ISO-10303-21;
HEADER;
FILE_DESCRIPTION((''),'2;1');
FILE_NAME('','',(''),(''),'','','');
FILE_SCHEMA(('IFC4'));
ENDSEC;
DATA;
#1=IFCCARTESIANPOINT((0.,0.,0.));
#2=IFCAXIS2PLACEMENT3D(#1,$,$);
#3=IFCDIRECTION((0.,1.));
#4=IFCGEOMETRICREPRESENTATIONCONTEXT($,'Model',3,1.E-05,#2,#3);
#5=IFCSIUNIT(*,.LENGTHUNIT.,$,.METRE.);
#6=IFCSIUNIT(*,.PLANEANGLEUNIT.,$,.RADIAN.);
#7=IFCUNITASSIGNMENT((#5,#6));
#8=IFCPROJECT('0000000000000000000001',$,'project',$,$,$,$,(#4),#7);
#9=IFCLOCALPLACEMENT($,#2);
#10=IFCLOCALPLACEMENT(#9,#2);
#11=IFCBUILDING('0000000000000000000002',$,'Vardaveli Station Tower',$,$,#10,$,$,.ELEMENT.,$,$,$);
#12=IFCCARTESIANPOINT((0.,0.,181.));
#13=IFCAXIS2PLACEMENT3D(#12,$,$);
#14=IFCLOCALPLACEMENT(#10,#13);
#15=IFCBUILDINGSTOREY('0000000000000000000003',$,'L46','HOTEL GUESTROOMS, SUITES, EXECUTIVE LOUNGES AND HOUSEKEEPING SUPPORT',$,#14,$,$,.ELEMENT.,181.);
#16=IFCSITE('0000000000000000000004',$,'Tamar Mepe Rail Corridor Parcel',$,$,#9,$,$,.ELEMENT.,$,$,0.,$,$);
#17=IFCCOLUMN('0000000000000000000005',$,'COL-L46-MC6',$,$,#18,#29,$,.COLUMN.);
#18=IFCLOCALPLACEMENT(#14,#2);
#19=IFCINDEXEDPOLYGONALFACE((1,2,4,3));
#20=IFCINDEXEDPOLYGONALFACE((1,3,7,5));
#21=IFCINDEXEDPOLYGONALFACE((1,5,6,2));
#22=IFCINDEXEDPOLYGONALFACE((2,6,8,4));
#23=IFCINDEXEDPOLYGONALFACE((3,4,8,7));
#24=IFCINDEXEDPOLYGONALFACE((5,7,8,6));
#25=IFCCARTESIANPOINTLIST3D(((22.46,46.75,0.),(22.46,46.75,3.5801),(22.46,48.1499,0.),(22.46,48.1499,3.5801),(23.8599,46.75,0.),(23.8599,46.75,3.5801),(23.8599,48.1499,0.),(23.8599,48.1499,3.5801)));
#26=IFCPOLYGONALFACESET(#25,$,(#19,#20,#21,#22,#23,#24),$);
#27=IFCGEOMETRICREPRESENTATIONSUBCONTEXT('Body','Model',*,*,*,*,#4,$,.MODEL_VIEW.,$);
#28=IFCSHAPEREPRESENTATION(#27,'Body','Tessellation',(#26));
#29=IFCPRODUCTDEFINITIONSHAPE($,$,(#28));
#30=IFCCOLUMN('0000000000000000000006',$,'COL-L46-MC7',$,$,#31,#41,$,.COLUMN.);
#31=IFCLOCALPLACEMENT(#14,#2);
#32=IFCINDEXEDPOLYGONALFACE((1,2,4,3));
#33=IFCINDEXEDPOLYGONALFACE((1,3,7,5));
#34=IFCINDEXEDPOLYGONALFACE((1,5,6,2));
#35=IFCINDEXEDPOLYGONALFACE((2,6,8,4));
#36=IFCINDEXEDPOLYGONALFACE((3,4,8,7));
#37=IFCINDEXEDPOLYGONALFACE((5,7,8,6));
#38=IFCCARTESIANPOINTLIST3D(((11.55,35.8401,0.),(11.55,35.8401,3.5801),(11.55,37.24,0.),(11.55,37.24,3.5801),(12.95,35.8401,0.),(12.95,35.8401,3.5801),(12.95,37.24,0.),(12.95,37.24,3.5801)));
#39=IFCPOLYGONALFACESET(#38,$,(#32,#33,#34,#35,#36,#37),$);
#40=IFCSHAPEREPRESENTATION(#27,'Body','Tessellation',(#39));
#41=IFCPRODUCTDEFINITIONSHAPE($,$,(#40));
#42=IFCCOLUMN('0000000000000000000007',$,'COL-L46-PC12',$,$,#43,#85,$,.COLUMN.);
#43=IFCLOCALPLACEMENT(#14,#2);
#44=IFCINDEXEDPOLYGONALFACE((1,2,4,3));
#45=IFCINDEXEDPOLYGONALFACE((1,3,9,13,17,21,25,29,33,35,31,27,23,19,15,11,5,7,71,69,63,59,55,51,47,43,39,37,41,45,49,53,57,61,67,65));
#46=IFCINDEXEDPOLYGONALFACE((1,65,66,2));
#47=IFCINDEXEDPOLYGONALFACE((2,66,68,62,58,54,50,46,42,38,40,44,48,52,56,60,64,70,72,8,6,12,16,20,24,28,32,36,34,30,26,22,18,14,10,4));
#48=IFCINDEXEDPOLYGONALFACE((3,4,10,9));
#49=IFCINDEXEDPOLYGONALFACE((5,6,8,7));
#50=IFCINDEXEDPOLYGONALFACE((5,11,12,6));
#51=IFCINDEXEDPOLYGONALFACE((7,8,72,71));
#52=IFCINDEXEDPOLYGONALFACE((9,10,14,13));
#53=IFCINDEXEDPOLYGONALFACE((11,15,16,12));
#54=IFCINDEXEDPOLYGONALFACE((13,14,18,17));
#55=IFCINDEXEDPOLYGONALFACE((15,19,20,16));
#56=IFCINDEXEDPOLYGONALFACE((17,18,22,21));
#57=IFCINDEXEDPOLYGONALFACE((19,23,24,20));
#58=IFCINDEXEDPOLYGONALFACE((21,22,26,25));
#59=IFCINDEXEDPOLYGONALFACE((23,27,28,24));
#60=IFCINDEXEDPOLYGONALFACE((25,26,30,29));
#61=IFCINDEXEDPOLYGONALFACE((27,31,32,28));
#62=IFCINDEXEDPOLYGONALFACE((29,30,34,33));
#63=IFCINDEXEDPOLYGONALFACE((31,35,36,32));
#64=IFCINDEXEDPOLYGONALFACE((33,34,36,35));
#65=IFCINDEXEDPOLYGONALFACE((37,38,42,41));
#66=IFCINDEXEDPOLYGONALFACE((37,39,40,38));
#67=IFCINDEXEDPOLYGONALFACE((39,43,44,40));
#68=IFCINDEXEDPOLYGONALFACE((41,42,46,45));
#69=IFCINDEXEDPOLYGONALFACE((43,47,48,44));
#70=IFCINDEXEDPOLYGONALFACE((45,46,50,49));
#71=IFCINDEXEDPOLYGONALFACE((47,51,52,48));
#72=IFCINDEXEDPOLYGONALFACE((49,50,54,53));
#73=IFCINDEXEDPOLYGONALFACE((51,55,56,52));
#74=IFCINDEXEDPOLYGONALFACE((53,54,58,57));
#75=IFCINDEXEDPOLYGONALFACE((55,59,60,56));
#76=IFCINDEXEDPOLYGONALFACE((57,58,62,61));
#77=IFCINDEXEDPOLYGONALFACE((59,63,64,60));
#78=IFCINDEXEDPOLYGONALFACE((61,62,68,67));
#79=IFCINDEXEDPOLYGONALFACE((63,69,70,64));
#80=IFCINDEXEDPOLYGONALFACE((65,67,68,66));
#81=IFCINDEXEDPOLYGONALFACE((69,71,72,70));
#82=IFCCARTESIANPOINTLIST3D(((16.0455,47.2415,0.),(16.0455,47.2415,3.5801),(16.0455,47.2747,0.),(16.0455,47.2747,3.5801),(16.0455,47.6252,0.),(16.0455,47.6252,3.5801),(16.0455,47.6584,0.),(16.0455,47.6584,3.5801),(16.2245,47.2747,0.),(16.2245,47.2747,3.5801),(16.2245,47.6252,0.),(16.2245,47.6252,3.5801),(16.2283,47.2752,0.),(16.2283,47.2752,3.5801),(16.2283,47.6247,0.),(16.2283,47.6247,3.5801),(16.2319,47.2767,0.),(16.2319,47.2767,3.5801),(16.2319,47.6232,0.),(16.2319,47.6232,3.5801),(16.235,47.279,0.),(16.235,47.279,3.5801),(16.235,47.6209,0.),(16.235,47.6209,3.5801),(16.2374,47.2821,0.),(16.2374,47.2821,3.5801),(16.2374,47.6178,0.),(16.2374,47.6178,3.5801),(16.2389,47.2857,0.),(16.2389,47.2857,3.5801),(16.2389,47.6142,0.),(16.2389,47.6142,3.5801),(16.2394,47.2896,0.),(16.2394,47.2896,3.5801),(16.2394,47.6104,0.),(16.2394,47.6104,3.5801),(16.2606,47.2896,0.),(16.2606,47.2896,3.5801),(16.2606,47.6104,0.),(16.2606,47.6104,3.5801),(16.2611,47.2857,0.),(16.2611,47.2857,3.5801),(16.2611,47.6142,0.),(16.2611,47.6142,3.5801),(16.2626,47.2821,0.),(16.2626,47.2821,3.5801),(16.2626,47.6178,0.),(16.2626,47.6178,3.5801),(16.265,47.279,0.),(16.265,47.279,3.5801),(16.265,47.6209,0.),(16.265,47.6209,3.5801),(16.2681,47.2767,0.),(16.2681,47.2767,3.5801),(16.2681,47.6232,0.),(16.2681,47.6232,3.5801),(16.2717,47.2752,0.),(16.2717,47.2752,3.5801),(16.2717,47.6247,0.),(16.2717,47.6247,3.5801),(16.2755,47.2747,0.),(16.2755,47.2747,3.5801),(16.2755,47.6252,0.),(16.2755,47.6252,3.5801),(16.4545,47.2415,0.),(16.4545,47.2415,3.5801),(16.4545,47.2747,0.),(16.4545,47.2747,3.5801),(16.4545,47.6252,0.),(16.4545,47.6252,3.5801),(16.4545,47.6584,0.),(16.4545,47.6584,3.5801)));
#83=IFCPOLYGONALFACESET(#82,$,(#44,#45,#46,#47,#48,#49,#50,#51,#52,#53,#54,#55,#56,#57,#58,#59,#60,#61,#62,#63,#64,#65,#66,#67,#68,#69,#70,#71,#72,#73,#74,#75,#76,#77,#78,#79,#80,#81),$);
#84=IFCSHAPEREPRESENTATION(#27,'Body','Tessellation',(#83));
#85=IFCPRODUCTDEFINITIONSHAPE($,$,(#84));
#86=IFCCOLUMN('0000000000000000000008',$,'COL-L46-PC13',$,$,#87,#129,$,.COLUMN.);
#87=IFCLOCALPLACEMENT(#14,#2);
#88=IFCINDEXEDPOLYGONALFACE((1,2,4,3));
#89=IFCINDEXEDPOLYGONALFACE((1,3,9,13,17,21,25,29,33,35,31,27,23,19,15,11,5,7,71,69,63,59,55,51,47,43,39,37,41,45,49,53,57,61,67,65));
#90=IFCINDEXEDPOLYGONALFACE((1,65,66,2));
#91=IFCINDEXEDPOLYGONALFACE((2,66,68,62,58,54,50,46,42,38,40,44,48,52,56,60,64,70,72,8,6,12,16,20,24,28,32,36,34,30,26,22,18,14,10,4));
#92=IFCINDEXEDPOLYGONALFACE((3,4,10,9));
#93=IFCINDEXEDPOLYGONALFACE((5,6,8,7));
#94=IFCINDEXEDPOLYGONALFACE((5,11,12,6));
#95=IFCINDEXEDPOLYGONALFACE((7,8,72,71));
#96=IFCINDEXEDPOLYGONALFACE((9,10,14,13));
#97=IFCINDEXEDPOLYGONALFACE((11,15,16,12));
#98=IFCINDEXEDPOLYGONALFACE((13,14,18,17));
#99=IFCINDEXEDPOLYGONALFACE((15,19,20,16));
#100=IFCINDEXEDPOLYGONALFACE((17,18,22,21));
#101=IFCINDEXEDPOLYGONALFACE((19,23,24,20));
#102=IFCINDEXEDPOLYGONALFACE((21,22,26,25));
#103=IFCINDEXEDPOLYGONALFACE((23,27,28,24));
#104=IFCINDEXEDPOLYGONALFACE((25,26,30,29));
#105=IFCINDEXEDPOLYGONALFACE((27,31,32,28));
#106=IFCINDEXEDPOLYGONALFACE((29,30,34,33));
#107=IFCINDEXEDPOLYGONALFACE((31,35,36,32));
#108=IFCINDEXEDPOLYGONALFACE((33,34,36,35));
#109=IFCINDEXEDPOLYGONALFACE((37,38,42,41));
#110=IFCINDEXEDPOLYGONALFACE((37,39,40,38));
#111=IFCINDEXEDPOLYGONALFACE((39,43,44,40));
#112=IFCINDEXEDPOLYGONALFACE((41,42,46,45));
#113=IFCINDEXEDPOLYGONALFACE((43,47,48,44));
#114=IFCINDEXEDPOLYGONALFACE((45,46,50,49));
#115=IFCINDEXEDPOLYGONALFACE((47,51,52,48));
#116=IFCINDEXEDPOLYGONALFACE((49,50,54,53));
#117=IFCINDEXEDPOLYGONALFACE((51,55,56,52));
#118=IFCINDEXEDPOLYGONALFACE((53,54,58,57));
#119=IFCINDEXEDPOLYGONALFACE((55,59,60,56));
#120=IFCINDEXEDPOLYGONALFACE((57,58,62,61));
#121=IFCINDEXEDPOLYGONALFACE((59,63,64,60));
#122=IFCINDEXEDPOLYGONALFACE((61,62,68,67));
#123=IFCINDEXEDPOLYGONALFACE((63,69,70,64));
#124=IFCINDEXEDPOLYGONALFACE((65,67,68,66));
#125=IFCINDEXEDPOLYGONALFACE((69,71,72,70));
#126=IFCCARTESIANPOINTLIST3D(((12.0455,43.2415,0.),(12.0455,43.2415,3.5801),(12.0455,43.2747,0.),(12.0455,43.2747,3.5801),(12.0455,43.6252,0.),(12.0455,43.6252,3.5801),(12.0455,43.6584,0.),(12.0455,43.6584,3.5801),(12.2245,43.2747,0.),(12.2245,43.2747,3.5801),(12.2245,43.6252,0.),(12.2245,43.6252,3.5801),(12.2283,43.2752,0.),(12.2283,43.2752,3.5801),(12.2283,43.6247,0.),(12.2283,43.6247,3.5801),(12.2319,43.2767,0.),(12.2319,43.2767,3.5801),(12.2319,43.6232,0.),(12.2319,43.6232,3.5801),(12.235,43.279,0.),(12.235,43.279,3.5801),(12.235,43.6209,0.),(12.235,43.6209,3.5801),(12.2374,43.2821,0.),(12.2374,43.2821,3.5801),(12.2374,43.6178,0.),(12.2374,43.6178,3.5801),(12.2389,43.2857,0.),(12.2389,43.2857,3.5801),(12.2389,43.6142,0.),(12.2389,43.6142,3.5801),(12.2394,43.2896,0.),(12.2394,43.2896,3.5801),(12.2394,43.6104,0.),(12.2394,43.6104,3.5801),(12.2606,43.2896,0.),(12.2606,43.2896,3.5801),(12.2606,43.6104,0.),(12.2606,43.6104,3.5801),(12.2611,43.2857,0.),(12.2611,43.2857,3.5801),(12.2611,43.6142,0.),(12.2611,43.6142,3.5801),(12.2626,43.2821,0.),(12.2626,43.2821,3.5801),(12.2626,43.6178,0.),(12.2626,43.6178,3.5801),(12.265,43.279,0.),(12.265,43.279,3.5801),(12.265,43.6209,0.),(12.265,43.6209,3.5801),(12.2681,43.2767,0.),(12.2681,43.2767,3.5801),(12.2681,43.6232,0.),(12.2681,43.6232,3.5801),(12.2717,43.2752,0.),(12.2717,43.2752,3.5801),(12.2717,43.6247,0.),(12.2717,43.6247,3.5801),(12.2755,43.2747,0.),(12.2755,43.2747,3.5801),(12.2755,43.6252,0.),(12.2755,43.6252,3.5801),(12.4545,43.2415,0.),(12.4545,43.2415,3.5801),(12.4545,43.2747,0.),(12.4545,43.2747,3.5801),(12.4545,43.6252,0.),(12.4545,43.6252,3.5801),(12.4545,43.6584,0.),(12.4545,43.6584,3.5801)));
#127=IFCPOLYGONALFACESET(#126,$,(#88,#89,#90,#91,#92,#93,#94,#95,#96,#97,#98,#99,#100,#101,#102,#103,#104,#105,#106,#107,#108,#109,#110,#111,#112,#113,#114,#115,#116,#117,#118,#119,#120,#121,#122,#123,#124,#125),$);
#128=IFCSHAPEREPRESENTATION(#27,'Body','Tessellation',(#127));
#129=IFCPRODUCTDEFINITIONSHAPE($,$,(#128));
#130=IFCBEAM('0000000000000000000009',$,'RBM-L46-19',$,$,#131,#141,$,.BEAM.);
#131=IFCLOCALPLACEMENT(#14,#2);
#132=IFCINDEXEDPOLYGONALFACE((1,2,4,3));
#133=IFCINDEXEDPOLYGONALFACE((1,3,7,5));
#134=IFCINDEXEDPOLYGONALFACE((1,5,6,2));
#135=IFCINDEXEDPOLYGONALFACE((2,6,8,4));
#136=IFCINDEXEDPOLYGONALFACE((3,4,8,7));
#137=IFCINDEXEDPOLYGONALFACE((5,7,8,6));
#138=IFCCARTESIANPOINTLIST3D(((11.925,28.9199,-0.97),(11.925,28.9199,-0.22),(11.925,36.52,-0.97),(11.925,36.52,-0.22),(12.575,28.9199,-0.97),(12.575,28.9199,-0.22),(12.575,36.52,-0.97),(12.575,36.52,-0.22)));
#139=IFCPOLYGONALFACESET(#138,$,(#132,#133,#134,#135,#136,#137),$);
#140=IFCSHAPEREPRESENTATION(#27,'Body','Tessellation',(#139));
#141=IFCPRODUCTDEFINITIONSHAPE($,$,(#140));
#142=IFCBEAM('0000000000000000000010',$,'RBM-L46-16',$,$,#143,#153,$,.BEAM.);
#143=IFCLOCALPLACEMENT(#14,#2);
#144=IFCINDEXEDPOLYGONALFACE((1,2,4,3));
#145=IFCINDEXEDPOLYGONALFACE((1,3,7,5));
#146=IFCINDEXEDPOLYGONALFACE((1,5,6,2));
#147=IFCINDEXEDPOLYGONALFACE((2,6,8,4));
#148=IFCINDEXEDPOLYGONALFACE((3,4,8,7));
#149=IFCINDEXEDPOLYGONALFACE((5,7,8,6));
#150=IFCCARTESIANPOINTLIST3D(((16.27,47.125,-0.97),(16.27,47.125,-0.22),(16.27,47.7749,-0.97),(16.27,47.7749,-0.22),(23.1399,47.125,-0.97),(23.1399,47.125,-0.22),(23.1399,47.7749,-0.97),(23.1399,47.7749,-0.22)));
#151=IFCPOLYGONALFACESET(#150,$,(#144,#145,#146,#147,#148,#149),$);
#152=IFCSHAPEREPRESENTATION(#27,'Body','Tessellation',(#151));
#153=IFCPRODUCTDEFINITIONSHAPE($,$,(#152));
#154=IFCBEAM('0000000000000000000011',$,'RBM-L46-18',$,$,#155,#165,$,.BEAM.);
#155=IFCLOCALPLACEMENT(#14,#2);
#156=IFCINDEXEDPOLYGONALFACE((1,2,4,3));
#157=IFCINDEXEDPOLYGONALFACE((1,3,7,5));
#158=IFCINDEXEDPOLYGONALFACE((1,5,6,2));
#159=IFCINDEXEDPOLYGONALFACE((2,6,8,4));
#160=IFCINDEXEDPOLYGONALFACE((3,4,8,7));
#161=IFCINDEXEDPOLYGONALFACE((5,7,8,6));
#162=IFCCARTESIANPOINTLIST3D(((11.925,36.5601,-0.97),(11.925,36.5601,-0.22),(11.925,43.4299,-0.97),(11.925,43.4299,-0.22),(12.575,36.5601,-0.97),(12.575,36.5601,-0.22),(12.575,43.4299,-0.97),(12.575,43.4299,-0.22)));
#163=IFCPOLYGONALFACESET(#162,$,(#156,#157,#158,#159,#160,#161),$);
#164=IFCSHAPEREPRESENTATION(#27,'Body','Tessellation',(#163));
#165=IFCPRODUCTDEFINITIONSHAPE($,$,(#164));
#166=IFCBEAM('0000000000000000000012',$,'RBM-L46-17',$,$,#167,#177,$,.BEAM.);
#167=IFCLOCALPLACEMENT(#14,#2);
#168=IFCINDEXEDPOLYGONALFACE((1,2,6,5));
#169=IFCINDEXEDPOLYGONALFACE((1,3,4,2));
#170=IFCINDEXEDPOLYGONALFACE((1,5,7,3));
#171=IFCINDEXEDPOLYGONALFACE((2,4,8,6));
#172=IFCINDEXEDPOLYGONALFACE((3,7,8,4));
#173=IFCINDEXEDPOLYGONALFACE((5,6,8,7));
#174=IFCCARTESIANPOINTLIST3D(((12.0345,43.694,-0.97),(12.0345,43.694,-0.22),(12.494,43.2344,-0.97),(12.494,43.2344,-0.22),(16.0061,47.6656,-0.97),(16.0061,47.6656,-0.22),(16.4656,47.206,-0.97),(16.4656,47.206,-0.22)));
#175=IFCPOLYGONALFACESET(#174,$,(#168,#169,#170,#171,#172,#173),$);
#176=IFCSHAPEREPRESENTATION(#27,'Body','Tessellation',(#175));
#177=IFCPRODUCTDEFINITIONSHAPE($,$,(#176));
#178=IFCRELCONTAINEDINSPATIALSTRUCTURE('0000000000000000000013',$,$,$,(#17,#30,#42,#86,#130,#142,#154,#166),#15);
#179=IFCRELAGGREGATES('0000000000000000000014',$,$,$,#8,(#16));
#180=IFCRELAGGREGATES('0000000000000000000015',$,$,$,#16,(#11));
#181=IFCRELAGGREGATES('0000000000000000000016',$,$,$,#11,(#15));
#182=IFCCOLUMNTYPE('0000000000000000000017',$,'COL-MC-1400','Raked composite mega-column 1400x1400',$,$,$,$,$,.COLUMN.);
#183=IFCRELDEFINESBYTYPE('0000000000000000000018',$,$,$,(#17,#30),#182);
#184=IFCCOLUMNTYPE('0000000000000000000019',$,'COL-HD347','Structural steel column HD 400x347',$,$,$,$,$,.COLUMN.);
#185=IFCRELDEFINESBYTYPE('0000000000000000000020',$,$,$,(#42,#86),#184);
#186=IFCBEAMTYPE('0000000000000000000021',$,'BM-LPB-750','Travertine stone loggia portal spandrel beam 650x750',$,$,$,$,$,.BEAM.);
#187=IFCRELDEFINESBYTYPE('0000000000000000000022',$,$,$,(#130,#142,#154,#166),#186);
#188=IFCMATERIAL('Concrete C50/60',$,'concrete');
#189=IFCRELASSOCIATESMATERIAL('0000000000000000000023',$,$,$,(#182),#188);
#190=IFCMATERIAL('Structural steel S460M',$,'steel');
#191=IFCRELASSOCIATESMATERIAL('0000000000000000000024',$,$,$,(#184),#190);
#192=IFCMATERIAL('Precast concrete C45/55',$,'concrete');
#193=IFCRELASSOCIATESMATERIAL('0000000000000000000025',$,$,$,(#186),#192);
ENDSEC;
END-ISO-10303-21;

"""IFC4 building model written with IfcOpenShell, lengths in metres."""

from ifc_helpers import new_model, si_unit, direction, frame, origin, origin_2d, place, context, subcontext, project, spatial, rectangle, i_section, extrude, source, transform, mapped, material, material_profile, profile_set, type_object, element, save


model = new_model("IFC4")

# Units and contexts
model_context = context("Model", 3, precision=1e-05, world=origin(), true_north=direction((0.0, 1.0)))
body_context = subcontext(model_context, "Body", "Model", "MODEL_VIEW")
ifc_project = project(units=[si_unit("LENGTHUNIT", "METRE"), si_unit("PLANEANGLEUNIT", "RADIAN")], contexts=[model_context])

# Site, building, storey
site_placement = place(None, origin())
site = spatial("IfcSite", under=ifc_project, at=site_placement, Name="Tamar Mepe Rail Corridor Parcel", CompositionType="ELEMENT", RefElevation=0.0)
building_placement = place(site_placement, origin())
building = spatial("IfcBuilding", under=site, at=building_placement, Name="Vardaveli Station Tower", CompositionType="ELEMENT")
storey_placement = place(building_placement, frame((0.0, 0.0, 181.0)))
storey = spatial("IfcBuildingStorey", under=building, at=storey_placement, Name="L46", Description="HOTEL GUESTROOMS, SUITES, EXECUTIVE LOUNGES AND HOUSEKEEPING SUPPORT", CompositionType="ELEMENT", Elevation=181.0)

# Columns
ifc_material_1 = material(Name="Concrete C50/60", Category="concrete")
ifc_material_profile_1 = material_profile(ifc_material_1, rectangle(XDim=1.3999, YDim=1.3999, at=origin_2d()), Name="MC 1400x1400")
ifc_profile_set_1 = profile_set([ifc_material_profile_1], Name="Concrete C50/60")
column_type_1 = type_object("IfcColumnType", Name="COL-MC-1400", Description="Raked composite mega-column 1400x1400", PredefinedType="COLUMN", material=ifc_profile_set_1)
shared_shape_1 = source(origin(), body_context, "Body", "SweptSolid", [
    extrude(rectangle(XDim=1.3999, YDim=1.3999, at=origin_2d()), origin(), (0.0, 0.0, 1.0), 3.5801),
])
for number, where, z_axis, x_axis, name in (
    (1, (23.1599, 47.45, 0.0), (0.0, 0.0, 1.0), (1.0, 0.0, 0.0), "COL-L46-MC6"),
    (2, (12.25, 36.54, 0.0), (0.0, 0.0, 1.0), (1.0, 0.0, 0.0), "COL-L46-MC7"),
):
    element("IfcColumn", number, at=place(storey_placement, frame(where, z_axis=z_axis, x_axis=x_axis)), inside=storey, type_object=column_type_1, Name=name, PredefinedType="COLUMN", context=body_context, shape_type="MappedRepresentation", body=[
        mapped(shared_shape_1, transform((0.0, 0.0, 0.0), scale=1.0)),
    ])
ifc_material_2 = material(Name="Structural steel S460M", Category="steel")
ifc_material_profile_2 = material_profile(ifc_material_2, i_section(OverallWidth=0.4089, OverallDepth=0.417, WebThickness=0.0212, FlangeThickness=0.0332, FilletRadius=0.0149, at=origin_2d()), Name="HD 400x347")
ifc_profile_set_2 = profile_set([ifc_material_profile_2], Name="Structural steel S460M")
column_type_2 = type_object("IfcColumnType", Name="COL-HD347", Description="Structural steel column HD 400x347", PredefinedType="COLUMN", material=ifc_profile_set_2)
shared_shape_2 = source(origin(), body_context, "Body", "SweptSolid", [
    extrude(i_section(OverallWidth=0.4089, OverallDepth=0.417, WebThickness=0.0212, FlangeThickness=0.0332, FilletRadius=0.0149, at=origin_2d()), origin(), (0.0, 0.0, 1.0), 3.5801),
])
for number, where, z_axis, x_axis, name in (
    (3, (16.25, 47.45, 0.0), (0.0, 0.0, 1.0), (1.0, 0.0, 0.0), "COL-L46-PC12"),
    (4, (12.25, 43.45, 0.0), (0.0, 0.0, 1.0), (1.0, 0.0, 0.0), "COL-L46-PC13"),
):
    element("IfcColumn", number, at=place(storey_placement, frame(where, z_axis=z_axis, x_axis=x_axis)), inside=storey, type_object=column_type_2, Name=name, PredefinedType="COLUMN", context=body_context, shape_type="MappedRepresentation", body=[
        mapped(shared_shape_2, transform((0.0, 0.0, 0.0), scale=1.0)),
    ])

# Beams
ifc_material_3 = material(Name="Precast concrete C45/55", Category="concrete")
ifc_material_profile_3 = material_profile(ifc_material_3, rectangle(XDim=0.6499, YDim=0.75, at=origin_2d()), Name="LPB 650x750")
ifc_profile_set_3 = profile_set([ifc_material_profile_3], Name="Precast concrete C45/55")
beam_type_1 = type_object("IfcBeamType", Name="BM-LPB-750", Description="Travertine stone loggia portal spandrel beam 650x750", PredefinedType="BEAM", material=ifc_profile_set_3)
shared_shape_3 = source(origin(), body_context, "Body", "SweptSolid", [
    extrude(rectangle(XDim=0.6499, YDim=0.75, at=origin_2d()), origin(), (0.0, 0.0, 1.0), 7.6001),
])
beam_1_placement = place(storey_placement, frame((12.25, 36.52, -0.595), z_axis=(0.0, -1.0, 0.0), x_axis=(1.0, 0.0, 0.0)))
element("IfcBeam", 5, at=beam_1_placement, inside=storey, type_object=beam_type_1, Name="RBM-L46-19", PredefinedType="BEAM", context=body_context, shape_type="MappedRepresentation", body=[
    mapped(shared_shape_3, transform((0.0, 0.0, 0.0), scale=1.0)),
])
shared_shape_4 = source(origin(), body_context, "Body", "SweptSolid", [
    extrude(rectangle(XDim=0.6499, YDim=0.75, at=origin_2d()), origin(), (0.0, 0.0, 1.0), 6.8699),
])
for number, where, z_axis, x_axis, name in (
    (6, (23.1399, 47.45, -0.595), (-1.0, 0.0, 0.0), (0.0, -1.0, 0.0), "RBM-L46-16"),
    (7, (12.25, 43.4299, -0.595), (0.0, -1.0, 0.0), (1.0, 0.0, 0.0), "RBM-L46-18"),
):
    element("IfcBeam", number, at=place(storey_placement, frame(where, z_axis=z_axis, x_axis=x_axis)), inside=storey, type_object=beam_type_1, Name=name, PredefinedType="BEAM", context=body_context, shape_type="MappedRepresentation", body=[
        mapped(shared_shape_4, transform((0.0, 0.0, 0.0), scale=1.0)),
    ])
shared_shape_5 = source(origin(), body_context, "Body", "SweptSolid", [
    extrude(rectangle(XDim=0.6499, YDim=0.75, at=origin_2d()), origin(), (0.0, 0.0, 1.0), 5.6167),
])
beam_2_placement = place(storey_placement, frame((16.2358, 47.4358, -0.595), z_axis=(-0.707107, -0.707107, 0.0), x_axis=(0.707107, -0.707107, 0.0)))
element("IfcBeam", 8, at=beam_2_placement, inside=storey, type_object=beam_type_1, Name="RBM-L46-17", PredefinedType="BEAM", context=body_context, shape_type="MappedRepresentation", body=[
    mapped(shared_shape_5, transform((0.0, 0.0, 0.0), scale=1.0)),
])

save(model, "model.ifc")
